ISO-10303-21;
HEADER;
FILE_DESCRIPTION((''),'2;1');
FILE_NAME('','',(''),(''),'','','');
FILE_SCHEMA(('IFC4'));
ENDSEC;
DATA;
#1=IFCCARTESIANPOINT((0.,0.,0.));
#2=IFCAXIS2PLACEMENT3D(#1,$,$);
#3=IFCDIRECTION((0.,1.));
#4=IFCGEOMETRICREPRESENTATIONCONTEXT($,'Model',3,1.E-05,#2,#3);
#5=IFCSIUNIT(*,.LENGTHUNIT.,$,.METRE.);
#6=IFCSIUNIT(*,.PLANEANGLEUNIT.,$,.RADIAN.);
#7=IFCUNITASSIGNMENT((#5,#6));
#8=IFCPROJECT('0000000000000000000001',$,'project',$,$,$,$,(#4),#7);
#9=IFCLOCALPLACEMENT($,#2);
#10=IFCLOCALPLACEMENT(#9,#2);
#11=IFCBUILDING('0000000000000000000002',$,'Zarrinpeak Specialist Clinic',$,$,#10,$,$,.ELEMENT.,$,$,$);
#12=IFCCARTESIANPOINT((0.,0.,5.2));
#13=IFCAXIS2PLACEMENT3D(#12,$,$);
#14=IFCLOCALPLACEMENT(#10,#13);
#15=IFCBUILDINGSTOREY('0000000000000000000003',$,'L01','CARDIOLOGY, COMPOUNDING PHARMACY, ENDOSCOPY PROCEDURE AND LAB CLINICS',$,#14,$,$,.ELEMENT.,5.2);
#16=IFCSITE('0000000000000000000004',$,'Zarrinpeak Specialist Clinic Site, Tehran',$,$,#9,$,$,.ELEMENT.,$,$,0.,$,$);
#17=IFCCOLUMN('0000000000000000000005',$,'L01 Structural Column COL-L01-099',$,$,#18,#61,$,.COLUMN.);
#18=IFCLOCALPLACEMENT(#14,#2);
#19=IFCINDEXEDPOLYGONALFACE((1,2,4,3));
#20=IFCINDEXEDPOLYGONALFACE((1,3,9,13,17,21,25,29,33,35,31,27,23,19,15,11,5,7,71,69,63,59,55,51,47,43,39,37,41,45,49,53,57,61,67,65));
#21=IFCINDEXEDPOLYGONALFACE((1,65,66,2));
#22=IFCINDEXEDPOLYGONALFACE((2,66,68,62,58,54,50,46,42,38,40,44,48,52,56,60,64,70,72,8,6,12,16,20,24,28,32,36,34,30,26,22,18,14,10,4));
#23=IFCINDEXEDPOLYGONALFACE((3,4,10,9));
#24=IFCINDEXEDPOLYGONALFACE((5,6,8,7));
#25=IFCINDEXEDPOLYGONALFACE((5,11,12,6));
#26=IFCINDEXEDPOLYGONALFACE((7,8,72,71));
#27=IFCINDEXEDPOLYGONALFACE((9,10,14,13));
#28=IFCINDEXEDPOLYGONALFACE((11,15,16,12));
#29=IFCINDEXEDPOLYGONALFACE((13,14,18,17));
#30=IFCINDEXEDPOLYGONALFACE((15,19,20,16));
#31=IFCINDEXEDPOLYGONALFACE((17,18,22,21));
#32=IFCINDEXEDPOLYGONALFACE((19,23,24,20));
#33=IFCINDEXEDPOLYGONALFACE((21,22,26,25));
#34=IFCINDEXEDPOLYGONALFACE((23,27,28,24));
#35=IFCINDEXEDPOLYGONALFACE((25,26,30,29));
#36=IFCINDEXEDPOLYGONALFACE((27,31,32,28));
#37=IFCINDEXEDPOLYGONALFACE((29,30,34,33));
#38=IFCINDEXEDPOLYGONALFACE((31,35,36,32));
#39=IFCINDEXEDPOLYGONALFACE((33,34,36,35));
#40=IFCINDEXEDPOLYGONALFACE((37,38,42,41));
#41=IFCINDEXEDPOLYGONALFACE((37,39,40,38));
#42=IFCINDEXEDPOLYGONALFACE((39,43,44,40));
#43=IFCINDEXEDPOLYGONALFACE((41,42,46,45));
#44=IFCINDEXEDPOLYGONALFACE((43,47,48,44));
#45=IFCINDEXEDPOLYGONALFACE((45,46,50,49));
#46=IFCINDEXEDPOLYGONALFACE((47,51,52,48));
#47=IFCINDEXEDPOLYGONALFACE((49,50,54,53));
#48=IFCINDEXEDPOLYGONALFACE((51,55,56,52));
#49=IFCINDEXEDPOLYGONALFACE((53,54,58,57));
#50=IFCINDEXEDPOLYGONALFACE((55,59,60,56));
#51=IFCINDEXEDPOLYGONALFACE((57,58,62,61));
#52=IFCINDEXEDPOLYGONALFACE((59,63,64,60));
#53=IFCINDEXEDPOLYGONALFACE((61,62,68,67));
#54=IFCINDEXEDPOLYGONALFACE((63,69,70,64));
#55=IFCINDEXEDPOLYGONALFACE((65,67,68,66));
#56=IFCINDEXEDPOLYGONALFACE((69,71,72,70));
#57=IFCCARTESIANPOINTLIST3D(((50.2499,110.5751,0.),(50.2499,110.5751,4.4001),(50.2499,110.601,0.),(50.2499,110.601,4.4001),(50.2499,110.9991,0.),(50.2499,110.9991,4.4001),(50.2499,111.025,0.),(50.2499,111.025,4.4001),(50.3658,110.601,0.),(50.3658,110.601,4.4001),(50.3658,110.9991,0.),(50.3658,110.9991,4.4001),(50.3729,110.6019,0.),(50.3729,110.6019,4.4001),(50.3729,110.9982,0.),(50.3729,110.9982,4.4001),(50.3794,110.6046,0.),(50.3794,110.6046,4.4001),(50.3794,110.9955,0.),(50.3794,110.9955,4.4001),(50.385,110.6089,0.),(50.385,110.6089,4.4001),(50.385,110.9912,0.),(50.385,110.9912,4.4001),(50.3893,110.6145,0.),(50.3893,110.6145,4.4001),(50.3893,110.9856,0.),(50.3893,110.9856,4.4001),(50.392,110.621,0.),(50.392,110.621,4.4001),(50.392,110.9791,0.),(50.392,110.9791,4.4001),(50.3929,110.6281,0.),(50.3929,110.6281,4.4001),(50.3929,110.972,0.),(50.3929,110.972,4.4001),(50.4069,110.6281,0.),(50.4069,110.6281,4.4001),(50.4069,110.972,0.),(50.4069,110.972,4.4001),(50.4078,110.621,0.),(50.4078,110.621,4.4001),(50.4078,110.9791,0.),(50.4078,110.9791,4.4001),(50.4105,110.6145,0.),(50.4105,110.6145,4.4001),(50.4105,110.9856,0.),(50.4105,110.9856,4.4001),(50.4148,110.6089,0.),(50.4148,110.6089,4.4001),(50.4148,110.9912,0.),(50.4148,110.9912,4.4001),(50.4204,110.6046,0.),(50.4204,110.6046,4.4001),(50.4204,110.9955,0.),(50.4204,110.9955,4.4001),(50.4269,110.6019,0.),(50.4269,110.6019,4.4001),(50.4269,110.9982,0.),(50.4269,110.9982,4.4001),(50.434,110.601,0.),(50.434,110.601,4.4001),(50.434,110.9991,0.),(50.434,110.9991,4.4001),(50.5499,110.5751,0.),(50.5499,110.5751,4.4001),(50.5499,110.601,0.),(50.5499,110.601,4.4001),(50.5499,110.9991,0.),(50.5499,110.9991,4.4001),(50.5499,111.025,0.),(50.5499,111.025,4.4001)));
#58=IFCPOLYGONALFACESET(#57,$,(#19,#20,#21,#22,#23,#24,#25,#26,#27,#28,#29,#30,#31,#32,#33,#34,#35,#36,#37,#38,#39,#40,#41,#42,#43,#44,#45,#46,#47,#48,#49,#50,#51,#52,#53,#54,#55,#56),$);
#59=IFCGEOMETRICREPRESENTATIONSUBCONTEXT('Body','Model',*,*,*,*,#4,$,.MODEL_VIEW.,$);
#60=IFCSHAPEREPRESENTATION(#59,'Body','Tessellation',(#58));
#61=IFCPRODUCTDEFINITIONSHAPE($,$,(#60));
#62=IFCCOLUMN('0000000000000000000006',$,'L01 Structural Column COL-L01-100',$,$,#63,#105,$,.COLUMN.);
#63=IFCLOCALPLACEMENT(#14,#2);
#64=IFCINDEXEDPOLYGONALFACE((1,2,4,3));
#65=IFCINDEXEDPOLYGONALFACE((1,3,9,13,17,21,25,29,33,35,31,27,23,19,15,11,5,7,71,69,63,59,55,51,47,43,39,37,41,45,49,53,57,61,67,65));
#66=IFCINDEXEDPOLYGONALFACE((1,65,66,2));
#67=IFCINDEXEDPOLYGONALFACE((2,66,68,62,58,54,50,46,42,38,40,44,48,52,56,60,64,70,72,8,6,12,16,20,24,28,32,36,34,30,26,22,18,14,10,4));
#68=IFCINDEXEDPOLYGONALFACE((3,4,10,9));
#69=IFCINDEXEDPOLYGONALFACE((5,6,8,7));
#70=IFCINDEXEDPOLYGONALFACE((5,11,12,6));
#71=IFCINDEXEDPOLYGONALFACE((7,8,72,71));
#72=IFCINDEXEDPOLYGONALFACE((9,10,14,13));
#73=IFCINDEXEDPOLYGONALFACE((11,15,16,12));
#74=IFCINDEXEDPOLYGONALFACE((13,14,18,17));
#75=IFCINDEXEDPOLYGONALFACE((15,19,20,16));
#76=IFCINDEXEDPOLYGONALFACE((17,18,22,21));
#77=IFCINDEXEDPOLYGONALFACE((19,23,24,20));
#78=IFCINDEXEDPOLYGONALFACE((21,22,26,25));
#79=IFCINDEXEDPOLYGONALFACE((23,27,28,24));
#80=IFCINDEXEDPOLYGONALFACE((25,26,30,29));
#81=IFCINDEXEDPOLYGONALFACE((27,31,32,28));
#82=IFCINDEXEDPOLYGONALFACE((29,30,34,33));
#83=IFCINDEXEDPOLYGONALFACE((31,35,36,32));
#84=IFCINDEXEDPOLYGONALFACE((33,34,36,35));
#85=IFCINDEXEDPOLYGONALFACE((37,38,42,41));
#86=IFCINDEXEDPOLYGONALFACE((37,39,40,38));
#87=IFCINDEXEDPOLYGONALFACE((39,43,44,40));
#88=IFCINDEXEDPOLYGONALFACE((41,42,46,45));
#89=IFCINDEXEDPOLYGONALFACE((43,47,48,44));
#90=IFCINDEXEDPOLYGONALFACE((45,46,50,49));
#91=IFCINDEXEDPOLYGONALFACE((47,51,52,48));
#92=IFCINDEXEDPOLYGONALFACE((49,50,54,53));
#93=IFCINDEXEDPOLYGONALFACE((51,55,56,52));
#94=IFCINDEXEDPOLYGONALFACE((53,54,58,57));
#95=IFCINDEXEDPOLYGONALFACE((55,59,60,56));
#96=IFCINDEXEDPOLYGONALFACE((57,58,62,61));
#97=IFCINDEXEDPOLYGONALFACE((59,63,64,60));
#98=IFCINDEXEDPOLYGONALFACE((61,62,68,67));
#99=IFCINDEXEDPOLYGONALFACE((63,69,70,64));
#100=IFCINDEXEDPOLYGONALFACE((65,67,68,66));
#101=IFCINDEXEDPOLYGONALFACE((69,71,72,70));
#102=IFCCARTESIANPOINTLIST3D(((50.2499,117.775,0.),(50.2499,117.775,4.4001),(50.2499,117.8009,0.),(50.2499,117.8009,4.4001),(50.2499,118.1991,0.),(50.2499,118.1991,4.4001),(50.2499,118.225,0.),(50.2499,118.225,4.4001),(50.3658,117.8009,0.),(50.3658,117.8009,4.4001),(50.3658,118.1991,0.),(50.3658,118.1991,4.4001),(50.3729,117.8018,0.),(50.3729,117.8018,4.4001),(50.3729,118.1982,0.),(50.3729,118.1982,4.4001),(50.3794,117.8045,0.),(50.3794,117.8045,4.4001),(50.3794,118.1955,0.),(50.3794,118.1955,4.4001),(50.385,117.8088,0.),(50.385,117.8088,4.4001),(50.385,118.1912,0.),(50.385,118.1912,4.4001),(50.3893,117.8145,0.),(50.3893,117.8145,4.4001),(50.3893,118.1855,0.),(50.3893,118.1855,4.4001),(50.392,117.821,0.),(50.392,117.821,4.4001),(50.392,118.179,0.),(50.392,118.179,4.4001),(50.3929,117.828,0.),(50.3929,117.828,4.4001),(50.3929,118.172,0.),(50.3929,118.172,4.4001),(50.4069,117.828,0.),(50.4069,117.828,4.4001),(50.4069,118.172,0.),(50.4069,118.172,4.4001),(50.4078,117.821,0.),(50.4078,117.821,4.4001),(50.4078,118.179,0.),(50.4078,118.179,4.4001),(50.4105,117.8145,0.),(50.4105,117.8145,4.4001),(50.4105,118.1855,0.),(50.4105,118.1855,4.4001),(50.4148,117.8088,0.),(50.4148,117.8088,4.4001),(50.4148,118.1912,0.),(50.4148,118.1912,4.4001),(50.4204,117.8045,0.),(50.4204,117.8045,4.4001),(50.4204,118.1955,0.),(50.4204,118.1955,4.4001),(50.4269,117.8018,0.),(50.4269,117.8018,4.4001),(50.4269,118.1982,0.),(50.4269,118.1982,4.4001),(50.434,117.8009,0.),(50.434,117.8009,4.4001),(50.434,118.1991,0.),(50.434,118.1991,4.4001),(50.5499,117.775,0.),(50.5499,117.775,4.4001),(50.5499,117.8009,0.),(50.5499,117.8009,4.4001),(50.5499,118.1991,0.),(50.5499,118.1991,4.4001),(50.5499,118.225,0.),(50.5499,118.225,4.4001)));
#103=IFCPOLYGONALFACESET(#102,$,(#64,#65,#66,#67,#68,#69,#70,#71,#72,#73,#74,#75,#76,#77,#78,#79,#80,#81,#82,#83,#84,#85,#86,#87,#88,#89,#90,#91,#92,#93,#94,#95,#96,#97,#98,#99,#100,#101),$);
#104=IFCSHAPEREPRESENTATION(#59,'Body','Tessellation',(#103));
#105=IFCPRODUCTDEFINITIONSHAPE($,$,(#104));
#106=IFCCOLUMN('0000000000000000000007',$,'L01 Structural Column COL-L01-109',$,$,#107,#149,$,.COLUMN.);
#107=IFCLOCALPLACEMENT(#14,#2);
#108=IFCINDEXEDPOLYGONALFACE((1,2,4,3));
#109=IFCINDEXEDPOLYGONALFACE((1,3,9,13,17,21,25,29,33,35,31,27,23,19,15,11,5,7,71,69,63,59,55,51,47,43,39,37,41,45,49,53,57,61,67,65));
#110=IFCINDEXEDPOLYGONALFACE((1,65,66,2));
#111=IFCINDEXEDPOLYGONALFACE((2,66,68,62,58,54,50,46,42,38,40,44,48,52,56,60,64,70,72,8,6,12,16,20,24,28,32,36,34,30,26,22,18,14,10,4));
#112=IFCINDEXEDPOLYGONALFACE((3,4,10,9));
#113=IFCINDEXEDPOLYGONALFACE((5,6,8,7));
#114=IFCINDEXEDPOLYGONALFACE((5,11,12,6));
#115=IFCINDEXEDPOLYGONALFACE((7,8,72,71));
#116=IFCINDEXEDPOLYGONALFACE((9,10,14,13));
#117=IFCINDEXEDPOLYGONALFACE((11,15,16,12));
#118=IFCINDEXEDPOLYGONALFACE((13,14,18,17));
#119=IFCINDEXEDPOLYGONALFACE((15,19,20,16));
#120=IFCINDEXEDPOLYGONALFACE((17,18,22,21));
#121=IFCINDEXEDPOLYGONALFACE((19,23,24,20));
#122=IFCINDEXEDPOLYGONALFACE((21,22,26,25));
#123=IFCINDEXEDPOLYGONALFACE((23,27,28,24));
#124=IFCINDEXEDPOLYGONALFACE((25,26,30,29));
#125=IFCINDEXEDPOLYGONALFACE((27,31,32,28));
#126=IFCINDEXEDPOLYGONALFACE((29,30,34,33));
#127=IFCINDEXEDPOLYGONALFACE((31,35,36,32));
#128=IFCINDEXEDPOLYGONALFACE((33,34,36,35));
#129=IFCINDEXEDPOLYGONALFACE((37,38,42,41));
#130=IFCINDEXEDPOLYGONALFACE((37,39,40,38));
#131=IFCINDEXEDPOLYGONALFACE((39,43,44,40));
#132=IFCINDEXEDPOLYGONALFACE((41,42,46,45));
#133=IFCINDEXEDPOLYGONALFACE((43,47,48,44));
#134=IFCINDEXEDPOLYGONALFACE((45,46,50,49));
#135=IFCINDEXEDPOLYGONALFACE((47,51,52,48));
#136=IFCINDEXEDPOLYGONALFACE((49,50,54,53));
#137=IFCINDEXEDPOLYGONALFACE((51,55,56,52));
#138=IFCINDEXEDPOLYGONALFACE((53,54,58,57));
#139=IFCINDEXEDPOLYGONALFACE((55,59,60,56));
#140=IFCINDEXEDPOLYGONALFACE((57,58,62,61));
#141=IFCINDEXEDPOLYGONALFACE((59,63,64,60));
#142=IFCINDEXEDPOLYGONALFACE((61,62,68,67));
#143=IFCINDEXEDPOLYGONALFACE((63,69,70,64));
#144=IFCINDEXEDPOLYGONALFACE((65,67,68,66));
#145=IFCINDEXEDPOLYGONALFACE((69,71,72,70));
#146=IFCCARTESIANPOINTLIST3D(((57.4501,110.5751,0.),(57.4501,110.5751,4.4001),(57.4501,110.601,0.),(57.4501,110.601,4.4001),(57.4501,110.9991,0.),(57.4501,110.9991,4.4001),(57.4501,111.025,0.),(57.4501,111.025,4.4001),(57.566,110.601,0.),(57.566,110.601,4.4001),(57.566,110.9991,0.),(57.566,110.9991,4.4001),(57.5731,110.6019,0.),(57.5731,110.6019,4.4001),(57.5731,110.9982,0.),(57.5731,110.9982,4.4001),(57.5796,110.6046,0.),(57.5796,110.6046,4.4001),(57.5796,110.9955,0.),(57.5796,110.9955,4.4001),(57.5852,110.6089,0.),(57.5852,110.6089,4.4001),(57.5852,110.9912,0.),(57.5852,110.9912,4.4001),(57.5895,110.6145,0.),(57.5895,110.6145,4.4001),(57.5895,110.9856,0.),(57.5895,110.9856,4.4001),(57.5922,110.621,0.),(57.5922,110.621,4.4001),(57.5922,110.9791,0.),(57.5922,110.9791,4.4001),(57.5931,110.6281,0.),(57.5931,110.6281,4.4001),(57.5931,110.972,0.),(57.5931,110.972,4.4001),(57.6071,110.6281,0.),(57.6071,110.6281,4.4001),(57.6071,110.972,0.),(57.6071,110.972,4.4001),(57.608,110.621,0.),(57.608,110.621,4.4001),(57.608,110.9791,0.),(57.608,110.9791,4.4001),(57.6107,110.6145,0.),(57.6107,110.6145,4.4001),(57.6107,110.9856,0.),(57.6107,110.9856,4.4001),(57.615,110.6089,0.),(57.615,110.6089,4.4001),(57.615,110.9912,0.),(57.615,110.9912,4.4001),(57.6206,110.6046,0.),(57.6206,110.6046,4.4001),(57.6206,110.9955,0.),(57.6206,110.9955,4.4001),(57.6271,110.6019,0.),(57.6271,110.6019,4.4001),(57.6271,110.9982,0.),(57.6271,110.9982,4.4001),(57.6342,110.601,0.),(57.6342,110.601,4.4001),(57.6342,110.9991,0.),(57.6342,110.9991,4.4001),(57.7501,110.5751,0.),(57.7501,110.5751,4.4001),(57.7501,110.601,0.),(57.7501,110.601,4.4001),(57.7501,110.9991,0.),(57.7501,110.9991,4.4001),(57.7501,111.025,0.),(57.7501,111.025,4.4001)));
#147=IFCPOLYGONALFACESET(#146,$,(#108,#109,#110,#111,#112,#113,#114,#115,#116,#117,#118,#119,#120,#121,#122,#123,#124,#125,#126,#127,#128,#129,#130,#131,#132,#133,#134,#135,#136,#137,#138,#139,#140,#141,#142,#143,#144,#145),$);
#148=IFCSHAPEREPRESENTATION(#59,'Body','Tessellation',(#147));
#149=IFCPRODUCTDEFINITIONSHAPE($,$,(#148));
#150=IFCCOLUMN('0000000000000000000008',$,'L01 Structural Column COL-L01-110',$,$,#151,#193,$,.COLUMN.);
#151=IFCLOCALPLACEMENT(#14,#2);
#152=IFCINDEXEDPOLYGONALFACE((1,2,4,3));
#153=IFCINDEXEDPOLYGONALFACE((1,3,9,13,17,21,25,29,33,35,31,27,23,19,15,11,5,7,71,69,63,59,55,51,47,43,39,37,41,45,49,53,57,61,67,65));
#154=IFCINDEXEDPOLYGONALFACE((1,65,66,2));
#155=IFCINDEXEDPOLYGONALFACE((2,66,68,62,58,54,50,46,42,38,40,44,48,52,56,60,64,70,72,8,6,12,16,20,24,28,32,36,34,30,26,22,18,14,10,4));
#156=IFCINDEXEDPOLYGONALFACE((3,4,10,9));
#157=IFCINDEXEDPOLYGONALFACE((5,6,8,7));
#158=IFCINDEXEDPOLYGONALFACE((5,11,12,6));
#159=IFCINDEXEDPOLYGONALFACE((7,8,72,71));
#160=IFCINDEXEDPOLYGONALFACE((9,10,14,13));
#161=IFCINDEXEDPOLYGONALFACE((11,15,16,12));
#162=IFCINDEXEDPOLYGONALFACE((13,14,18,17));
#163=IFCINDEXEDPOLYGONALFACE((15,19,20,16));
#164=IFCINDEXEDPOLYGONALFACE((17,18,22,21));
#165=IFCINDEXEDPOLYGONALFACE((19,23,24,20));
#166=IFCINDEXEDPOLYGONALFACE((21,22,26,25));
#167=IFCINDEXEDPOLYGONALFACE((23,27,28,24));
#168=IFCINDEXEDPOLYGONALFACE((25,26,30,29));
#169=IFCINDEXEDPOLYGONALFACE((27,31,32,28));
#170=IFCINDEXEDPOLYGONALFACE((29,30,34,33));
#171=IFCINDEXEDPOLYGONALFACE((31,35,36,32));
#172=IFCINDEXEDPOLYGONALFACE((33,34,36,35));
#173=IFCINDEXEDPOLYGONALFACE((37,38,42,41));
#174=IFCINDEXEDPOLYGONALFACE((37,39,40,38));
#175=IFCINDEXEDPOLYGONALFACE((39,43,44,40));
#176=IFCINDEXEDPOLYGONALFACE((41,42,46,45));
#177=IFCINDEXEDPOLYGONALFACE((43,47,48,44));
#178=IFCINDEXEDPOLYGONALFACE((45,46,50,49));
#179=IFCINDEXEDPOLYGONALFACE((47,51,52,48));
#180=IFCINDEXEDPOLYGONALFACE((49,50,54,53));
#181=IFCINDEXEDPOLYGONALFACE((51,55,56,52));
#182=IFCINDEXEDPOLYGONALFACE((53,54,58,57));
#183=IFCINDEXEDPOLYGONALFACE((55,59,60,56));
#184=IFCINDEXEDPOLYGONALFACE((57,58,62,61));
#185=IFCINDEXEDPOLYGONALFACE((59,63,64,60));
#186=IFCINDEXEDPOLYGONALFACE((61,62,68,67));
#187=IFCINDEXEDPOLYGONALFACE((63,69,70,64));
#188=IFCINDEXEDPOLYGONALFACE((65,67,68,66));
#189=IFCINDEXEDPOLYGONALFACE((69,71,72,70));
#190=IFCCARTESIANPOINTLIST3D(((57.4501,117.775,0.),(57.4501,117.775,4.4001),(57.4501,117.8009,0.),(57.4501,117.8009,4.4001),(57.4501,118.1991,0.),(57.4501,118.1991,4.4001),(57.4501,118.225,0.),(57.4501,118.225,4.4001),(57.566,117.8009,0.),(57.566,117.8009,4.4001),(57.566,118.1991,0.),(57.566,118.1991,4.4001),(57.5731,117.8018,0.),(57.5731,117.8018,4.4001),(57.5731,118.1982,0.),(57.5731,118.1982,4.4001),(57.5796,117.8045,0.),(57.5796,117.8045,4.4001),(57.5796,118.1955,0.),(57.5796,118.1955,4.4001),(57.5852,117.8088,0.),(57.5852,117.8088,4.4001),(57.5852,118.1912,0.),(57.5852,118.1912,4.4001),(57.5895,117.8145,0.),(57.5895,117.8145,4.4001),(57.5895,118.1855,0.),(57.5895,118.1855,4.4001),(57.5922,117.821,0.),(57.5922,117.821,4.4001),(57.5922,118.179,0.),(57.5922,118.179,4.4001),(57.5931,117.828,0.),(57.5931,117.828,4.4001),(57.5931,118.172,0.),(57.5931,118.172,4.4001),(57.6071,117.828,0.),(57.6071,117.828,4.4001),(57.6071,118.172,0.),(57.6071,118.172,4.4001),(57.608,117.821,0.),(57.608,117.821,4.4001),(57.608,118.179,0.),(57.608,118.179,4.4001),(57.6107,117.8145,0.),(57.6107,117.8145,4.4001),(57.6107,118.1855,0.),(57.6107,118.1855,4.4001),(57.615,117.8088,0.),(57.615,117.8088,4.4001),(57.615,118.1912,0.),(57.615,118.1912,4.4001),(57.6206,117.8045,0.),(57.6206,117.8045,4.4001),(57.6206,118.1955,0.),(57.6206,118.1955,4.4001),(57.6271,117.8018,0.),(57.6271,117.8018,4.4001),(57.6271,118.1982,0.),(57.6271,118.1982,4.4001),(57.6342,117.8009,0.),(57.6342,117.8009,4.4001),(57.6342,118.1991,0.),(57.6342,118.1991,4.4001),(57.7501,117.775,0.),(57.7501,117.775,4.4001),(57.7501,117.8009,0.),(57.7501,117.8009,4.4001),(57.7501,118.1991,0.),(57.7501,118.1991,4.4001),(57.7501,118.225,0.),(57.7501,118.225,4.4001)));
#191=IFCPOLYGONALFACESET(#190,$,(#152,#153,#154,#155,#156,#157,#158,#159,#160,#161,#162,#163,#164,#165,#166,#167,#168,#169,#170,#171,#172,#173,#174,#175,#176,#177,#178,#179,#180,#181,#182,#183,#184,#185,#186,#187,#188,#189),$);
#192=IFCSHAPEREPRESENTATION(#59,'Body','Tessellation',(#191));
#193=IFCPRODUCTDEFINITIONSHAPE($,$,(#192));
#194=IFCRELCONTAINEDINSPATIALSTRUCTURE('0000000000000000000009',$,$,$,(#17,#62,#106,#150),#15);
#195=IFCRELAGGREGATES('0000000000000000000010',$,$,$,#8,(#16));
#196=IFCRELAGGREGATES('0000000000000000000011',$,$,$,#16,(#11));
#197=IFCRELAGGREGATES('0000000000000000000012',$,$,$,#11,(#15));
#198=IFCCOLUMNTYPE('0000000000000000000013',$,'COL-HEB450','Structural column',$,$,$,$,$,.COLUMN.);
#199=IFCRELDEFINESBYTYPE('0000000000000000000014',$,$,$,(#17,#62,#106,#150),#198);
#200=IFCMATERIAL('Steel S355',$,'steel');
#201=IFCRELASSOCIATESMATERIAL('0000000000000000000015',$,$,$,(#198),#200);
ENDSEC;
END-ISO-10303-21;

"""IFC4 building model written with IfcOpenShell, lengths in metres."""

from ifc_helpers import new_model, si_unit, direction, frame, origin, origin_2d, place, context, subcontext, project, spatial, i_section, extrude, material, material_profile, profile_set, type_object, element, save


model = new_model("IFC4")

# Units and contexts
model_context = context("Model", 3, precision=1e-05, world=origin(), true_north=direction((0.0, 1.0)))
body_context = subcontext(model_context, "Body", "Model", "MODEL_VIEW")
ifc_project = project(units=[si_unit("LENGTHUNIT", "METRE"), si_unit("PLANEANGLEUNIT", "RADIAN")], contexts=[model_context])

# Site, building, storey
site_placement = place(None, origin())
site = spatial("IfcSite", under=ifc_project, at=site_placement, Name="Zarrinpeak Specialist Clinic Site, Tehran", CompositionType="ELEMENT", RefElevation=0.0)
building_placement = place(site_placement, origin())
building = spatial("IfcBuilding", under=site, at=building_placement, Name="Zarrinpeak Specialist Clinic", CompositionType="ELEMENT")
storey_placement = place(building_placement, frame((0.0, 0.0, 5.2)))
storey = spatial("IfcBuildingStorey", under=building, at=storey_placement, Name="L01", Description="CARDIOLOGY, COMPOUNDING PHARMACY, ENDOSCOPY PROCEDURE AND LAB CLINICS", CompositionType="ELEMENT", Elevation=5.2)

# Columns
ifc_material_1 = material(Name="Steel S355", Category="steel")
ifc_material_profile_1 = material_profile(ifc_material_1, i_section(OverallWidth=0.3, OverallDepth=0.45, WebThickness=0.0139, FlangeThickness=0.0259, FilletRadius=0.0271, at=origin_2d()), Name="HEB 450")
ifc_profile_set_1 = profile_set([ifc_material_profile_1], Name="Steel S355")
column_type = type_object("IfcColumnType", Name="COL-HEB450", Description="Structural column", PredefinedType="COLUMN", material=ifc_profile_set_1)
for number, where, z_axis, x_axis, name in (
    (1, (50.3999, 110.8, 0.0), (0.0, 0.0, 1.0), (1.0, 0.0, 0.0), "L01 Structural Column COL-L01-099"),
    (2, (50.3999, 118.0, 0.0), (0.0, 0.0, 1.0), (1.0, 0.0, 0.0), "L01 Structural Column COL-L01-100"),
    (3, (57.6001, 110.8, 0.0), (0.0, 0.0, 1.0), (1.0, 0.0, 0.0), "L01 Structural Column COL-L01-109"),
    (4, (57.6001, 118.0, 0.0), (0.0, 0.0, 1.0), (1.0, 0.0, 0.0), "L01 Structural Column COL-L01-110"),
):
    element("IfcColumn", number, at=place(storey_placement, frame(where, z_axis=z_axis, x_axis=x_axis)), inside=storey, type_object=column_type, Name=name, PredefinedType="COLUMN", context=body_context, shape_type="SweptSolid", body=[
        extrude(i_section(OverallWidth=0.3, OverallDepth=0.45, WebThickness=0.0139, FlangeThickness=0.0259, FilletRadius=0.0271, at=origin_2d()), origin(), (0.0, 0.0, 1.0), 4.4001),
    ])

save(model, "model.ifc")
